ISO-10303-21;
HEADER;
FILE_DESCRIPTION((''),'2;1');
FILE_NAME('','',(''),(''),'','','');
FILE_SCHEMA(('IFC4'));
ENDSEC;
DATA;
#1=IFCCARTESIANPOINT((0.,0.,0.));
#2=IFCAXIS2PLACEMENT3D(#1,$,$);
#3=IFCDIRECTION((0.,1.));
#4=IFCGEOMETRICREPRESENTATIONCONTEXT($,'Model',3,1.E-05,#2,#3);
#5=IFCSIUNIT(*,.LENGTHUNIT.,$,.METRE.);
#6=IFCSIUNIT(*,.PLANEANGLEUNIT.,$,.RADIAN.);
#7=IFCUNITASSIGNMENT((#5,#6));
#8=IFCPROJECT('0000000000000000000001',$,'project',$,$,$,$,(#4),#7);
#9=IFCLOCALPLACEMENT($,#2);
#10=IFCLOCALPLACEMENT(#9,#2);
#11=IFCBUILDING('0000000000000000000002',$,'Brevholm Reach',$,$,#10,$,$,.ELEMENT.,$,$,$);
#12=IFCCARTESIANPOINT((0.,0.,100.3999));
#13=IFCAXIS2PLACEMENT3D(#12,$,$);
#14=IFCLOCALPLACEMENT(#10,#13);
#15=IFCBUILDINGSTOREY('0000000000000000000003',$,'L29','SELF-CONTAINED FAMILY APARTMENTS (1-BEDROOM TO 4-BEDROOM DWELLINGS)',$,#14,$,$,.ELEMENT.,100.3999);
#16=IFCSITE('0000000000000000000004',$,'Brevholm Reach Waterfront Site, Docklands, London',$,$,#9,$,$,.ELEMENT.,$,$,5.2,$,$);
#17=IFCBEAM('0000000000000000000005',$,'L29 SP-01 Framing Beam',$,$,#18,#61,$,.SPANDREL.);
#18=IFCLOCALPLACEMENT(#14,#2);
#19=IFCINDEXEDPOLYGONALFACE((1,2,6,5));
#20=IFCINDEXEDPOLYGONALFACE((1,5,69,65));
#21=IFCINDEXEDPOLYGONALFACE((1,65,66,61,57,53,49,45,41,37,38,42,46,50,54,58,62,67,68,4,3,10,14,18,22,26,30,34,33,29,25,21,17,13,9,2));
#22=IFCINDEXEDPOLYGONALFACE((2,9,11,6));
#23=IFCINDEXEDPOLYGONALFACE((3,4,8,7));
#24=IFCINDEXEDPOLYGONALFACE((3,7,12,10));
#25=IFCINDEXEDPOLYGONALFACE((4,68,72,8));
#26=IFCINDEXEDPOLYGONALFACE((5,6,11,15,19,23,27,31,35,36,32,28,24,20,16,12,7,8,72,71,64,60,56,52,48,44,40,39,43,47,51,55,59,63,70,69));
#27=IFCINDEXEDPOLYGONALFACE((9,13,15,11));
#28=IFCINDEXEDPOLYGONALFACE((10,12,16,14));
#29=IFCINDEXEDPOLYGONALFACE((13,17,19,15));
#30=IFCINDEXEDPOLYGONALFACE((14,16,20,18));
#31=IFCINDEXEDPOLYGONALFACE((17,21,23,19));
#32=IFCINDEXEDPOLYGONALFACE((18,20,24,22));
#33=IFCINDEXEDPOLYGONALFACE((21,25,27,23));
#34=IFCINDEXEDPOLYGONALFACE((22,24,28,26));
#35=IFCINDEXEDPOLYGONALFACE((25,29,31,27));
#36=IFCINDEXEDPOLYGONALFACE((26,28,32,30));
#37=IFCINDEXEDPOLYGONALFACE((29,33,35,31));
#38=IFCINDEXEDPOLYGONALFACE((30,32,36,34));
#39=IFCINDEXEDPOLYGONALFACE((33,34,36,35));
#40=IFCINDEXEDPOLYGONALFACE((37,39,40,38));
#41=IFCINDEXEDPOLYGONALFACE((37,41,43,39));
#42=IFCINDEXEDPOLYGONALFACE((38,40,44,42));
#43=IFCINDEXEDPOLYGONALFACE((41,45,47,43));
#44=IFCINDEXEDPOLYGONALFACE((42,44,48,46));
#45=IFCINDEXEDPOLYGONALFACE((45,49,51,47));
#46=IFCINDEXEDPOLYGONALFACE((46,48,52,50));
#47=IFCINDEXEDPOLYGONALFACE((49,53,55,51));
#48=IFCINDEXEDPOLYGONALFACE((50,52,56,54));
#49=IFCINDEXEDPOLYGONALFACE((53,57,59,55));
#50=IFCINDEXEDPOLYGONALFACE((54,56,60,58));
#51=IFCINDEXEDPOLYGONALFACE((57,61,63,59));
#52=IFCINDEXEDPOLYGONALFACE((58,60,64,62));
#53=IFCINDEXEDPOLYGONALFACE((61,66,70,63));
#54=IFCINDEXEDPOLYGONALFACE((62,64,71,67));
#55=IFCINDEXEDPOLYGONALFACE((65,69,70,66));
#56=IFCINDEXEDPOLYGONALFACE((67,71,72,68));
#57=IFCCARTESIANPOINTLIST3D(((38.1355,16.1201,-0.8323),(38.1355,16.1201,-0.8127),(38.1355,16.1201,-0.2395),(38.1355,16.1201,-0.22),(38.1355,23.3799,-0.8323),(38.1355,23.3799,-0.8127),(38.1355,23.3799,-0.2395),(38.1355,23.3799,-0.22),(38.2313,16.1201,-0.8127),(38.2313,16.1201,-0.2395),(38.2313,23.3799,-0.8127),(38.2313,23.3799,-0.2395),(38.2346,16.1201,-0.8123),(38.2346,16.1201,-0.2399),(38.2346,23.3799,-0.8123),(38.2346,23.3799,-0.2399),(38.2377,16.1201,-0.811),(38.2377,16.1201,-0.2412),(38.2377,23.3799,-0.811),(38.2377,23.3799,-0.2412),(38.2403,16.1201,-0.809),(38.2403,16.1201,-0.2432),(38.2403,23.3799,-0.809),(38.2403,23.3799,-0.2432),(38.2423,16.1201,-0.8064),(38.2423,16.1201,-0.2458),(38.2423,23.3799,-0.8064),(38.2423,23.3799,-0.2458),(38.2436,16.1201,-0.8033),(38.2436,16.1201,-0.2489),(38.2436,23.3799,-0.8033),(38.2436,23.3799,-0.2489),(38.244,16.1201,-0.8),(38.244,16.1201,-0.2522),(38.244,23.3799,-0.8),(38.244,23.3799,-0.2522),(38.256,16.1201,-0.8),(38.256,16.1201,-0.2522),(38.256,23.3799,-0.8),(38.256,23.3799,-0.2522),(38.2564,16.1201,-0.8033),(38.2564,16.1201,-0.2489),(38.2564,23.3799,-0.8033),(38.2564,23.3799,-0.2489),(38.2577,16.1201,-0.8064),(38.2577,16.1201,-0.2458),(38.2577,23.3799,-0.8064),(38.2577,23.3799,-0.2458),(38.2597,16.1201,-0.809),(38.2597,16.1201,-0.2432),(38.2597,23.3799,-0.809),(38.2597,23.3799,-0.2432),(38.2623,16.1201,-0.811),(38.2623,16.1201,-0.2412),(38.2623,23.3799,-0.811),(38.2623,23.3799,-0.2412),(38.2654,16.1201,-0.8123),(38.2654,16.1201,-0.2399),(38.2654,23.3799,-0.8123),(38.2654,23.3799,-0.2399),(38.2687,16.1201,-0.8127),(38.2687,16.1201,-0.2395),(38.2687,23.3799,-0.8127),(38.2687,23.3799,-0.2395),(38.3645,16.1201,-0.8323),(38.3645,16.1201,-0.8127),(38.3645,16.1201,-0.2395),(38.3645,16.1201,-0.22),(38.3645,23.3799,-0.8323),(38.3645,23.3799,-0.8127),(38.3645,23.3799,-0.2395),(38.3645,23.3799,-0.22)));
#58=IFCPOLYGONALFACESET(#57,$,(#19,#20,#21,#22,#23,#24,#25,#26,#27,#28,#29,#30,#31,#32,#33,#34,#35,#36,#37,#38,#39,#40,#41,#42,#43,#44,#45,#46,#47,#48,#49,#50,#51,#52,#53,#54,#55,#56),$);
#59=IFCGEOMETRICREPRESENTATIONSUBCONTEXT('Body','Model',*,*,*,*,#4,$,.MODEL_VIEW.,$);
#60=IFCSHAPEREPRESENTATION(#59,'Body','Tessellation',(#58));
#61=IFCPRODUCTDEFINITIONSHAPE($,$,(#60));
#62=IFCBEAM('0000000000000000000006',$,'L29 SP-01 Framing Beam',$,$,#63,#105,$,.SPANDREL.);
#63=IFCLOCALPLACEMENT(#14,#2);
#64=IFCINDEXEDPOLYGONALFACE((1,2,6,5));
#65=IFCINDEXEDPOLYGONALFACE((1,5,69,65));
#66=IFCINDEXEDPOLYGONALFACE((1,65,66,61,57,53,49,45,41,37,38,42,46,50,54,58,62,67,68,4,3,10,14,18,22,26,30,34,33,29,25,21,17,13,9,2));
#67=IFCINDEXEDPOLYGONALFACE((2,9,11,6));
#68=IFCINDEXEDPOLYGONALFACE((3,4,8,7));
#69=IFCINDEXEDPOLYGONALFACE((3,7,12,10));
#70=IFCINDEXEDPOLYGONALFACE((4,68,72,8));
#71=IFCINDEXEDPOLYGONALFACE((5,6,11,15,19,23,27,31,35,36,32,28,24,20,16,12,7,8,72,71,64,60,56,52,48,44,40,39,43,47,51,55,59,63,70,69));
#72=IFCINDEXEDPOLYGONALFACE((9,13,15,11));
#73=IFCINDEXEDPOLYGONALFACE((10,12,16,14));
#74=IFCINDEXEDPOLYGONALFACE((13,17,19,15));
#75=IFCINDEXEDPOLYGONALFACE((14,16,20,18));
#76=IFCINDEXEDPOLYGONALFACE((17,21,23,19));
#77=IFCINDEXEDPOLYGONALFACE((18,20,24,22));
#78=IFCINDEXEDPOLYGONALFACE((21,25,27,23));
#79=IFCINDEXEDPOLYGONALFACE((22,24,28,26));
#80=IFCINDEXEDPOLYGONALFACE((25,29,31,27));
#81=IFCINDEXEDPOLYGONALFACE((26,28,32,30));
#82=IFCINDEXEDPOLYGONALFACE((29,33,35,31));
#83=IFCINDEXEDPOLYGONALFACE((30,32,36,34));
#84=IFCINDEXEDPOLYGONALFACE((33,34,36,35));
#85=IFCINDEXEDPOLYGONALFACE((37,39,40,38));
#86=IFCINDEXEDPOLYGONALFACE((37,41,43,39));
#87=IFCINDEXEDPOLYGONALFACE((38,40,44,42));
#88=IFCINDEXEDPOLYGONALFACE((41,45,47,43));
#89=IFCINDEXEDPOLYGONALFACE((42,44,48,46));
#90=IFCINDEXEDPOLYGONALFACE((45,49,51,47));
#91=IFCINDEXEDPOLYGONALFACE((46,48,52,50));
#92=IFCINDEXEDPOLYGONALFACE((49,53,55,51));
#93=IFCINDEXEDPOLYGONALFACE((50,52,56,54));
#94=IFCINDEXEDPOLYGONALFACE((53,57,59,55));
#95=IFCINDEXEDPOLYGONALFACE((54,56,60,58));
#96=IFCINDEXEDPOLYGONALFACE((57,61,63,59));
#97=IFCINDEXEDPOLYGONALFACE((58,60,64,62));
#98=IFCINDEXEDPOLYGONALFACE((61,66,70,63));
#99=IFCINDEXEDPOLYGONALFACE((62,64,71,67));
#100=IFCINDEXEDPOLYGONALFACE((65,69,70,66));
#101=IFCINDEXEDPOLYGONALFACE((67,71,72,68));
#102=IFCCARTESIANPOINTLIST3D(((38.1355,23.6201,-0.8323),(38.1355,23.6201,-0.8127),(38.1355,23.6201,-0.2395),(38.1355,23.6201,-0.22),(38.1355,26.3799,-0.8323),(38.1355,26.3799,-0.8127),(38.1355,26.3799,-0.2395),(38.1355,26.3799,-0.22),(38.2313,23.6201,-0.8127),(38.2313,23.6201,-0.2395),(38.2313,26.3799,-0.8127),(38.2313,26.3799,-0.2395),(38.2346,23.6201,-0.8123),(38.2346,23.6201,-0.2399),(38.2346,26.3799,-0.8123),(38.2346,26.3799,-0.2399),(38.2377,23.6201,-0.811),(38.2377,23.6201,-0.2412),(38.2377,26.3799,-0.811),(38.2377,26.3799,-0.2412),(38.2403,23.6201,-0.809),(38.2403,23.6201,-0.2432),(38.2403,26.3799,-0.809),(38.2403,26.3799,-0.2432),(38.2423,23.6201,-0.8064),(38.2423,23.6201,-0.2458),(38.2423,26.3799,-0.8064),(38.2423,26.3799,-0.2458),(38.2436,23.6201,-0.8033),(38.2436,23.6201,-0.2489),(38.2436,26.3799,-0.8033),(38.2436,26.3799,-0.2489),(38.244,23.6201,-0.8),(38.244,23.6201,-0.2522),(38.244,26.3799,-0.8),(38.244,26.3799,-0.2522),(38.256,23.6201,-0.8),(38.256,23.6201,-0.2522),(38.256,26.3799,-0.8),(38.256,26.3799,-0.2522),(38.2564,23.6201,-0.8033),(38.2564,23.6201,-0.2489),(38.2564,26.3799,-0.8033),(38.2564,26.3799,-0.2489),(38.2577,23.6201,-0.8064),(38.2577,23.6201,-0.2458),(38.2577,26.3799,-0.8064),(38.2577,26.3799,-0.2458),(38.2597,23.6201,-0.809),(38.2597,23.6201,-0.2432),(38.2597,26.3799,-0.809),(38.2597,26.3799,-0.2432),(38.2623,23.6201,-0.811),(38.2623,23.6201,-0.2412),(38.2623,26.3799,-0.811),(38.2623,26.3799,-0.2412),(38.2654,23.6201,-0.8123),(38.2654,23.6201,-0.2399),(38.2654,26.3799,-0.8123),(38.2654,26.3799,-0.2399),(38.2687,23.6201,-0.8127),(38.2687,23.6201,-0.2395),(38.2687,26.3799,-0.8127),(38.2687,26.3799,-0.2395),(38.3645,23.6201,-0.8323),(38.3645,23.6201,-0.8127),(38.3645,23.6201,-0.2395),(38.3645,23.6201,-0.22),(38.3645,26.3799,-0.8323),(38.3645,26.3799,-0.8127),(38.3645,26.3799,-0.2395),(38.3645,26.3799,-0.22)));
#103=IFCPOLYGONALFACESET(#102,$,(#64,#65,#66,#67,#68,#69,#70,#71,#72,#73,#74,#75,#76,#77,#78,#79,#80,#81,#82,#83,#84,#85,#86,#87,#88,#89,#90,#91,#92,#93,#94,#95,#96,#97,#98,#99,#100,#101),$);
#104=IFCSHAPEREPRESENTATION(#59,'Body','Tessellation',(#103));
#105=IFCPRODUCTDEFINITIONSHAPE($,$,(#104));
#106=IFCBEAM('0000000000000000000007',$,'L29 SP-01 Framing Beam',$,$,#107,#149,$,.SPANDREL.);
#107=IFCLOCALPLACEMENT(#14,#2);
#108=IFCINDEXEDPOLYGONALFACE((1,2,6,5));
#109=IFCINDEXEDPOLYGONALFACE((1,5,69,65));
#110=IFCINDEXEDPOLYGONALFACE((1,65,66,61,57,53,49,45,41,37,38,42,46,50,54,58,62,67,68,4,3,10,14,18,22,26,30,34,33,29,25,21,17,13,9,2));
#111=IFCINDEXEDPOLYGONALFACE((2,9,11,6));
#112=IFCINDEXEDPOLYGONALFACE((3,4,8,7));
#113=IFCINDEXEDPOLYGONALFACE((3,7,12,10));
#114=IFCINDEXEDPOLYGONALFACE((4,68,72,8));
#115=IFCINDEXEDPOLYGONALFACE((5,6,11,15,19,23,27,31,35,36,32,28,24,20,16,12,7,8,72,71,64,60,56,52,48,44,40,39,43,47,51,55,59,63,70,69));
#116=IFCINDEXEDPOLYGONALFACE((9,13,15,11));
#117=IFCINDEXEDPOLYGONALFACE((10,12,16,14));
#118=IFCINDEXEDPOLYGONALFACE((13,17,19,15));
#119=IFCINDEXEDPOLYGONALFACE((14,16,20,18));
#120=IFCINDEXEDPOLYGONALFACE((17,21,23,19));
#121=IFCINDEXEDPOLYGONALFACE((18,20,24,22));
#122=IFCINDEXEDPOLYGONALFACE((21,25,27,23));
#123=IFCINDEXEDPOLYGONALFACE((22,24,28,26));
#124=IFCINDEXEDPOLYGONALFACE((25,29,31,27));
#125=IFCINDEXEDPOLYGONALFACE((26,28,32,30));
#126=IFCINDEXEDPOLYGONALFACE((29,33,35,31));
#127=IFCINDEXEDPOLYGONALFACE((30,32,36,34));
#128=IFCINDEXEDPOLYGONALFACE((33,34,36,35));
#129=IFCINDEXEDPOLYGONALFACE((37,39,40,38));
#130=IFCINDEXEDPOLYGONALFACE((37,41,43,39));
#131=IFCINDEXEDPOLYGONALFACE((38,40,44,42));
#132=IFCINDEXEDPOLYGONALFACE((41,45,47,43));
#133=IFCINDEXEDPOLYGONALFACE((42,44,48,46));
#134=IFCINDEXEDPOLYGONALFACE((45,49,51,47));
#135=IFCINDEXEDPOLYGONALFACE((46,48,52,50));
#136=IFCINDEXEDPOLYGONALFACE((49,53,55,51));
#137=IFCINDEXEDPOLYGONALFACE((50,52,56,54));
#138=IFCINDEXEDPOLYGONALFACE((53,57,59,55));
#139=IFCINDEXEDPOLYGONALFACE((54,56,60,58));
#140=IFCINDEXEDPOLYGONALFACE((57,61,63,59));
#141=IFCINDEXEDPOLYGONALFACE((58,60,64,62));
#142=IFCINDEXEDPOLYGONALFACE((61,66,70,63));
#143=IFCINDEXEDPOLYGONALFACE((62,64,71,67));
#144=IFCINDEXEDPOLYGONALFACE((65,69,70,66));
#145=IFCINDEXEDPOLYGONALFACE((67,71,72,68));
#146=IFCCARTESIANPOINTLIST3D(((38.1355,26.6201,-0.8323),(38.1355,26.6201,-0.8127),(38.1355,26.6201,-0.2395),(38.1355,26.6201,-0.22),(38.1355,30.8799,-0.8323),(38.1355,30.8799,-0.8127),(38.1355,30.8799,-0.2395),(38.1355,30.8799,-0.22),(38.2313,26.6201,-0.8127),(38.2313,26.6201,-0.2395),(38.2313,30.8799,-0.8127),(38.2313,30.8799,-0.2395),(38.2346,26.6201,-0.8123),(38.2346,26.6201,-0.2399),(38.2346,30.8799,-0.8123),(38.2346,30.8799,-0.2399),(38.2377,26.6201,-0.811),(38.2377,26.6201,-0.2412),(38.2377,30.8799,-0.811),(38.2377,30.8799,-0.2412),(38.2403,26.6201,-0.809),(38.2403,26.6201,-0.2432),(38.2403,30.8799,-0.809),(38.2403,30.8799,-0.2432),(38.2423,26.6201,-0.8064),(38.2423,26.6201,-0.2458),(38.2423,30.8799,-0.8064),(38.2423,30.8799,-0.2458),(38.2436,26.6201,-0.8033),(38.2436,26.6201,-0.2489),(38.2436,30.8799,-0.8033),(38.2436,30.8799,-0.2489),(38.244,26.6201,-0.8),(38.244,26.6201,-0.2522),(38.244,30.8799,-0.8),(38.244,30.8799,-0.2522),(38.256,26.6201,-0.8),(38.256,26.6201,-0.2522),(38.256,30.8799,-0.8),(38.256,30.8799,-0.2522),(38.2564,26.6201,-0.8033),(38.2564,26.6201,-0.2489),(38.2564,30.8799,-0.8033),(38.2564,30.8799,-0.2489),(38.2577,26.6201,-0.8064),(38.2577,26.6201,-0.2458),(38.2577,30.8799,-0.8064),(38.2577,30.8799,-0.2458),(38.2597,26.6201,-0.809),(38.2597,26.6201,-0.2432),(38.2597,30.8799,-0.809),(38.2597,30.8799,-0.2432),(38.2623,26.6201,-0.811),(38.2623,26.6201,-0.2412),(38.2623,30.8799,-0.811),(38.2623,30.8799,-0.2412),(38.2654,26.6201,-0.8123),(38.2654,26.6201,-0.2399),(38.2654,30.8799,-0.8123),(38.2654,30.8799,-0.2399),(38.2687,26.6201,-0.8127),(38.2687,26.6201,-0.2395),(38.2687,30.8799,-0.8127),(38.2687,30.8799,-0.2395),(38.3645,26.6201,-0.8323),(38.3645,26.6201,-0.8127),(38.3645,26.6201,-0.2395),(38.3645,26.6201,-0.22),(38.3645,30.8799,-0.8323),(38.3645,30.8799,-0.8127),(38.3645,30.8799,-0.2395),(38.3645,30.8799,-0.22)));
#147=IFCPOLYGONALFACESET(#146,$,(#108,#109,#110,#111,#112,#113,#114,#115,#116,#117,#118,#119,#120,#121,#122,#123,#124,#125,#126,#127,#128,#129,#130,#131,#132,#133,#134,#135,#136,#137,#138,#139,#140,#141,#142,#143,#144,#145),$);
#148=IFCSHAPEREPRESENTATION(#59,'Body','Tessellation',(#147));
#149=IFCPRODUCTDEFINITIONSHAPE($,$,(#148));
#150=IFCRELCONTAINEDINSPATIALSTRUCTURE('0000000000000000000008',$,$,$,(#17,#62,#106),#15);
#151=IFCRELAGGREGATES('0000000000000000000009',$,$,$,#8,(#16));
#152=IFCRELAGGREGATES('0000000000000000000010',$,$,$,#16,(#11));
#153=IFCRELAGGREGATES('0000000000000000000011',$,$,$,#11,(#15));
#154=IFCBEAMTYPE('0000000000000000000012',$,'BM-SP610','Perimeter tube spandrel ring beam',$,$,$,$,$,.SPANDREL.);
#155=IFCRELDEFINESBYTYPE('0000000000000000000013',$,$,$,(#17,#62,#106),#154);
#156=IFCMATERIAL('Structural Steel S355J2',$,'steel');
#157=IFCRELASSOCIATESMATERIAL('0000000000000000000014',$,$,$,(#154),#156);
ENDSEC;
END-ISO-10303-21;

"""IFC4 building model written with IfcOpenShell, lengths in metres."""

from ifc_helpers import new_model, si_unit, direction, frame, origin, origin_2d, place, context, subcontext, project, spatial, i_section, extrude, material, material_profile, profile_set, type_object, element, save


model = new_model("IFC4")

# Units and contexts
model_context = context("Model", 3, precision=1e-05, world=origin(), true_north=direction((0.0, 1.0)))
body_context = subcontext(model_context, "Body", "Model", "MODEL_VIEW")
ifc_project = project(units=[si_unit("LENGTHUNIT", "METRE"), si_unit("PLANEANGLEUNIT", "RADIAN")], contexts=[model_context])

# Site, building, storey
site_placement = place(None, origin())
site = spatial("IfcSite", under=ifc_project, at=site_placement, Name="Brevholm Reach Waterfront Site, Docklands, London", CompositionType="ELEMENT", RefElevation=5.2)
building_placement = place(site_placement, origin())
building = spatial("IfcBuilding", under=site, at=building_placement, Name="Brevholm Reach", CompositionType="ELEMENT")
storey_placement = place(building_placement, frame((0.0, 0.0, 100.3999)))
storey = spatial("IfcBuildingStorey", under=building, at=storey_placement, Name="L29", Description="SELF-CONTAINED FAMILY APARTMENTS (1-BEDROOM TO 4-BEDROOM DWELLINGS)", CompositionType="ELEMENT", Elevation=100.3999)

# Beams
ifc_material_1 = material(Name="Structural Steel S355J2", Category="steel")
ifc_material_profile_1 = material_profile(ifc_material_1, i_section(OverallWidth=0.229, OverallDepth=0.6123, WebThickness=0.012, FlangeThickness=0.0195, FilletRadius=0.0127, at=origin_2d()), Name="UKB 610x229x125")
ifc_profile_set_1 = profile_set([ifc_material_profile_1], Name="Structural Steel S355J2")
beam_type_1 = type_object("IfcBeamType", Name="BM-SP610", Description="Perimeter tube spandrel ring beam", PredefinedType="SPANDREL", material=ifc_profile_set_1)
beam_1_placement = place(storey_placement, frame((38.25, 16.1201, -0.5261), z_axis=(0.0, 1.0, 0.0), x_axis=(-1.0, 0.0, 0.0)))
element("IfcBeam", 1, at=beam_1_placement, inside=storey, type_object=beam_type_1, Name="L29 SP-01 Framing Beam", PredefinedType="SPANDREL", context=body_context, shape_type="SweptSolid", body=[
    extrude(i_section(OverallWidth=0.229, OverallDepth=0.6123, WebThickness=0.012, FlangeThickness=0.0195, FilletRadius=0.0127, at=origin_2d()), origin(), (0.0, 0.0, 1.0), 7.2598),
])
beam_2_placement = place(storey_placement, frame((38.25, 23.6201, -0.5261), z_axis=(0.0, 1.0, 0.0), x_axis=(-1.0, 0.0, 0.0)))
element("IfcBeam", 2, at=beam_2_placement, inside=storey, type_object=beam_type_1, Name="L29 SP-01 Framing Beam", PredefinedType="SPANDREL", context=body_context, shape_type="SweptSolid", body=[
    extrude(i_section(OverallWidth=0.229, OverallDepth=0.6123, WebThickness=0.012, FlangeThickness=0.0195, FilletRadius=0.0127, at=origin_2d()), origin(), (0.0, 0.0, 1.0), 2.7598),
])
beam_3_placement = place(storey_placement, frame((38.25, 26.6201, -0.5261), z_axis=(0.0, 1.0, 0.0), x_axis=(-1.0, 0.0, 0.0)))
element("IfcBeam", 3, at=beam_3_placement, inside=storey, type_object=beam_type_1, Name="L29 SP-01 Framing Beam", PredefinedType="SPANDREL", context=body_context, shape_type="SweptSolid", body=[
    extrude(i_section(OverallWidth=0.229, OverallDepth=0.6123, WebThickness=0.012, FlangeThickness=0.0195, FilletRadius=0.0127, at=origin_2d()), origin(), (0.0, 0.0, 1.0), 4.2598),
])

save(model, "model.ifc")
